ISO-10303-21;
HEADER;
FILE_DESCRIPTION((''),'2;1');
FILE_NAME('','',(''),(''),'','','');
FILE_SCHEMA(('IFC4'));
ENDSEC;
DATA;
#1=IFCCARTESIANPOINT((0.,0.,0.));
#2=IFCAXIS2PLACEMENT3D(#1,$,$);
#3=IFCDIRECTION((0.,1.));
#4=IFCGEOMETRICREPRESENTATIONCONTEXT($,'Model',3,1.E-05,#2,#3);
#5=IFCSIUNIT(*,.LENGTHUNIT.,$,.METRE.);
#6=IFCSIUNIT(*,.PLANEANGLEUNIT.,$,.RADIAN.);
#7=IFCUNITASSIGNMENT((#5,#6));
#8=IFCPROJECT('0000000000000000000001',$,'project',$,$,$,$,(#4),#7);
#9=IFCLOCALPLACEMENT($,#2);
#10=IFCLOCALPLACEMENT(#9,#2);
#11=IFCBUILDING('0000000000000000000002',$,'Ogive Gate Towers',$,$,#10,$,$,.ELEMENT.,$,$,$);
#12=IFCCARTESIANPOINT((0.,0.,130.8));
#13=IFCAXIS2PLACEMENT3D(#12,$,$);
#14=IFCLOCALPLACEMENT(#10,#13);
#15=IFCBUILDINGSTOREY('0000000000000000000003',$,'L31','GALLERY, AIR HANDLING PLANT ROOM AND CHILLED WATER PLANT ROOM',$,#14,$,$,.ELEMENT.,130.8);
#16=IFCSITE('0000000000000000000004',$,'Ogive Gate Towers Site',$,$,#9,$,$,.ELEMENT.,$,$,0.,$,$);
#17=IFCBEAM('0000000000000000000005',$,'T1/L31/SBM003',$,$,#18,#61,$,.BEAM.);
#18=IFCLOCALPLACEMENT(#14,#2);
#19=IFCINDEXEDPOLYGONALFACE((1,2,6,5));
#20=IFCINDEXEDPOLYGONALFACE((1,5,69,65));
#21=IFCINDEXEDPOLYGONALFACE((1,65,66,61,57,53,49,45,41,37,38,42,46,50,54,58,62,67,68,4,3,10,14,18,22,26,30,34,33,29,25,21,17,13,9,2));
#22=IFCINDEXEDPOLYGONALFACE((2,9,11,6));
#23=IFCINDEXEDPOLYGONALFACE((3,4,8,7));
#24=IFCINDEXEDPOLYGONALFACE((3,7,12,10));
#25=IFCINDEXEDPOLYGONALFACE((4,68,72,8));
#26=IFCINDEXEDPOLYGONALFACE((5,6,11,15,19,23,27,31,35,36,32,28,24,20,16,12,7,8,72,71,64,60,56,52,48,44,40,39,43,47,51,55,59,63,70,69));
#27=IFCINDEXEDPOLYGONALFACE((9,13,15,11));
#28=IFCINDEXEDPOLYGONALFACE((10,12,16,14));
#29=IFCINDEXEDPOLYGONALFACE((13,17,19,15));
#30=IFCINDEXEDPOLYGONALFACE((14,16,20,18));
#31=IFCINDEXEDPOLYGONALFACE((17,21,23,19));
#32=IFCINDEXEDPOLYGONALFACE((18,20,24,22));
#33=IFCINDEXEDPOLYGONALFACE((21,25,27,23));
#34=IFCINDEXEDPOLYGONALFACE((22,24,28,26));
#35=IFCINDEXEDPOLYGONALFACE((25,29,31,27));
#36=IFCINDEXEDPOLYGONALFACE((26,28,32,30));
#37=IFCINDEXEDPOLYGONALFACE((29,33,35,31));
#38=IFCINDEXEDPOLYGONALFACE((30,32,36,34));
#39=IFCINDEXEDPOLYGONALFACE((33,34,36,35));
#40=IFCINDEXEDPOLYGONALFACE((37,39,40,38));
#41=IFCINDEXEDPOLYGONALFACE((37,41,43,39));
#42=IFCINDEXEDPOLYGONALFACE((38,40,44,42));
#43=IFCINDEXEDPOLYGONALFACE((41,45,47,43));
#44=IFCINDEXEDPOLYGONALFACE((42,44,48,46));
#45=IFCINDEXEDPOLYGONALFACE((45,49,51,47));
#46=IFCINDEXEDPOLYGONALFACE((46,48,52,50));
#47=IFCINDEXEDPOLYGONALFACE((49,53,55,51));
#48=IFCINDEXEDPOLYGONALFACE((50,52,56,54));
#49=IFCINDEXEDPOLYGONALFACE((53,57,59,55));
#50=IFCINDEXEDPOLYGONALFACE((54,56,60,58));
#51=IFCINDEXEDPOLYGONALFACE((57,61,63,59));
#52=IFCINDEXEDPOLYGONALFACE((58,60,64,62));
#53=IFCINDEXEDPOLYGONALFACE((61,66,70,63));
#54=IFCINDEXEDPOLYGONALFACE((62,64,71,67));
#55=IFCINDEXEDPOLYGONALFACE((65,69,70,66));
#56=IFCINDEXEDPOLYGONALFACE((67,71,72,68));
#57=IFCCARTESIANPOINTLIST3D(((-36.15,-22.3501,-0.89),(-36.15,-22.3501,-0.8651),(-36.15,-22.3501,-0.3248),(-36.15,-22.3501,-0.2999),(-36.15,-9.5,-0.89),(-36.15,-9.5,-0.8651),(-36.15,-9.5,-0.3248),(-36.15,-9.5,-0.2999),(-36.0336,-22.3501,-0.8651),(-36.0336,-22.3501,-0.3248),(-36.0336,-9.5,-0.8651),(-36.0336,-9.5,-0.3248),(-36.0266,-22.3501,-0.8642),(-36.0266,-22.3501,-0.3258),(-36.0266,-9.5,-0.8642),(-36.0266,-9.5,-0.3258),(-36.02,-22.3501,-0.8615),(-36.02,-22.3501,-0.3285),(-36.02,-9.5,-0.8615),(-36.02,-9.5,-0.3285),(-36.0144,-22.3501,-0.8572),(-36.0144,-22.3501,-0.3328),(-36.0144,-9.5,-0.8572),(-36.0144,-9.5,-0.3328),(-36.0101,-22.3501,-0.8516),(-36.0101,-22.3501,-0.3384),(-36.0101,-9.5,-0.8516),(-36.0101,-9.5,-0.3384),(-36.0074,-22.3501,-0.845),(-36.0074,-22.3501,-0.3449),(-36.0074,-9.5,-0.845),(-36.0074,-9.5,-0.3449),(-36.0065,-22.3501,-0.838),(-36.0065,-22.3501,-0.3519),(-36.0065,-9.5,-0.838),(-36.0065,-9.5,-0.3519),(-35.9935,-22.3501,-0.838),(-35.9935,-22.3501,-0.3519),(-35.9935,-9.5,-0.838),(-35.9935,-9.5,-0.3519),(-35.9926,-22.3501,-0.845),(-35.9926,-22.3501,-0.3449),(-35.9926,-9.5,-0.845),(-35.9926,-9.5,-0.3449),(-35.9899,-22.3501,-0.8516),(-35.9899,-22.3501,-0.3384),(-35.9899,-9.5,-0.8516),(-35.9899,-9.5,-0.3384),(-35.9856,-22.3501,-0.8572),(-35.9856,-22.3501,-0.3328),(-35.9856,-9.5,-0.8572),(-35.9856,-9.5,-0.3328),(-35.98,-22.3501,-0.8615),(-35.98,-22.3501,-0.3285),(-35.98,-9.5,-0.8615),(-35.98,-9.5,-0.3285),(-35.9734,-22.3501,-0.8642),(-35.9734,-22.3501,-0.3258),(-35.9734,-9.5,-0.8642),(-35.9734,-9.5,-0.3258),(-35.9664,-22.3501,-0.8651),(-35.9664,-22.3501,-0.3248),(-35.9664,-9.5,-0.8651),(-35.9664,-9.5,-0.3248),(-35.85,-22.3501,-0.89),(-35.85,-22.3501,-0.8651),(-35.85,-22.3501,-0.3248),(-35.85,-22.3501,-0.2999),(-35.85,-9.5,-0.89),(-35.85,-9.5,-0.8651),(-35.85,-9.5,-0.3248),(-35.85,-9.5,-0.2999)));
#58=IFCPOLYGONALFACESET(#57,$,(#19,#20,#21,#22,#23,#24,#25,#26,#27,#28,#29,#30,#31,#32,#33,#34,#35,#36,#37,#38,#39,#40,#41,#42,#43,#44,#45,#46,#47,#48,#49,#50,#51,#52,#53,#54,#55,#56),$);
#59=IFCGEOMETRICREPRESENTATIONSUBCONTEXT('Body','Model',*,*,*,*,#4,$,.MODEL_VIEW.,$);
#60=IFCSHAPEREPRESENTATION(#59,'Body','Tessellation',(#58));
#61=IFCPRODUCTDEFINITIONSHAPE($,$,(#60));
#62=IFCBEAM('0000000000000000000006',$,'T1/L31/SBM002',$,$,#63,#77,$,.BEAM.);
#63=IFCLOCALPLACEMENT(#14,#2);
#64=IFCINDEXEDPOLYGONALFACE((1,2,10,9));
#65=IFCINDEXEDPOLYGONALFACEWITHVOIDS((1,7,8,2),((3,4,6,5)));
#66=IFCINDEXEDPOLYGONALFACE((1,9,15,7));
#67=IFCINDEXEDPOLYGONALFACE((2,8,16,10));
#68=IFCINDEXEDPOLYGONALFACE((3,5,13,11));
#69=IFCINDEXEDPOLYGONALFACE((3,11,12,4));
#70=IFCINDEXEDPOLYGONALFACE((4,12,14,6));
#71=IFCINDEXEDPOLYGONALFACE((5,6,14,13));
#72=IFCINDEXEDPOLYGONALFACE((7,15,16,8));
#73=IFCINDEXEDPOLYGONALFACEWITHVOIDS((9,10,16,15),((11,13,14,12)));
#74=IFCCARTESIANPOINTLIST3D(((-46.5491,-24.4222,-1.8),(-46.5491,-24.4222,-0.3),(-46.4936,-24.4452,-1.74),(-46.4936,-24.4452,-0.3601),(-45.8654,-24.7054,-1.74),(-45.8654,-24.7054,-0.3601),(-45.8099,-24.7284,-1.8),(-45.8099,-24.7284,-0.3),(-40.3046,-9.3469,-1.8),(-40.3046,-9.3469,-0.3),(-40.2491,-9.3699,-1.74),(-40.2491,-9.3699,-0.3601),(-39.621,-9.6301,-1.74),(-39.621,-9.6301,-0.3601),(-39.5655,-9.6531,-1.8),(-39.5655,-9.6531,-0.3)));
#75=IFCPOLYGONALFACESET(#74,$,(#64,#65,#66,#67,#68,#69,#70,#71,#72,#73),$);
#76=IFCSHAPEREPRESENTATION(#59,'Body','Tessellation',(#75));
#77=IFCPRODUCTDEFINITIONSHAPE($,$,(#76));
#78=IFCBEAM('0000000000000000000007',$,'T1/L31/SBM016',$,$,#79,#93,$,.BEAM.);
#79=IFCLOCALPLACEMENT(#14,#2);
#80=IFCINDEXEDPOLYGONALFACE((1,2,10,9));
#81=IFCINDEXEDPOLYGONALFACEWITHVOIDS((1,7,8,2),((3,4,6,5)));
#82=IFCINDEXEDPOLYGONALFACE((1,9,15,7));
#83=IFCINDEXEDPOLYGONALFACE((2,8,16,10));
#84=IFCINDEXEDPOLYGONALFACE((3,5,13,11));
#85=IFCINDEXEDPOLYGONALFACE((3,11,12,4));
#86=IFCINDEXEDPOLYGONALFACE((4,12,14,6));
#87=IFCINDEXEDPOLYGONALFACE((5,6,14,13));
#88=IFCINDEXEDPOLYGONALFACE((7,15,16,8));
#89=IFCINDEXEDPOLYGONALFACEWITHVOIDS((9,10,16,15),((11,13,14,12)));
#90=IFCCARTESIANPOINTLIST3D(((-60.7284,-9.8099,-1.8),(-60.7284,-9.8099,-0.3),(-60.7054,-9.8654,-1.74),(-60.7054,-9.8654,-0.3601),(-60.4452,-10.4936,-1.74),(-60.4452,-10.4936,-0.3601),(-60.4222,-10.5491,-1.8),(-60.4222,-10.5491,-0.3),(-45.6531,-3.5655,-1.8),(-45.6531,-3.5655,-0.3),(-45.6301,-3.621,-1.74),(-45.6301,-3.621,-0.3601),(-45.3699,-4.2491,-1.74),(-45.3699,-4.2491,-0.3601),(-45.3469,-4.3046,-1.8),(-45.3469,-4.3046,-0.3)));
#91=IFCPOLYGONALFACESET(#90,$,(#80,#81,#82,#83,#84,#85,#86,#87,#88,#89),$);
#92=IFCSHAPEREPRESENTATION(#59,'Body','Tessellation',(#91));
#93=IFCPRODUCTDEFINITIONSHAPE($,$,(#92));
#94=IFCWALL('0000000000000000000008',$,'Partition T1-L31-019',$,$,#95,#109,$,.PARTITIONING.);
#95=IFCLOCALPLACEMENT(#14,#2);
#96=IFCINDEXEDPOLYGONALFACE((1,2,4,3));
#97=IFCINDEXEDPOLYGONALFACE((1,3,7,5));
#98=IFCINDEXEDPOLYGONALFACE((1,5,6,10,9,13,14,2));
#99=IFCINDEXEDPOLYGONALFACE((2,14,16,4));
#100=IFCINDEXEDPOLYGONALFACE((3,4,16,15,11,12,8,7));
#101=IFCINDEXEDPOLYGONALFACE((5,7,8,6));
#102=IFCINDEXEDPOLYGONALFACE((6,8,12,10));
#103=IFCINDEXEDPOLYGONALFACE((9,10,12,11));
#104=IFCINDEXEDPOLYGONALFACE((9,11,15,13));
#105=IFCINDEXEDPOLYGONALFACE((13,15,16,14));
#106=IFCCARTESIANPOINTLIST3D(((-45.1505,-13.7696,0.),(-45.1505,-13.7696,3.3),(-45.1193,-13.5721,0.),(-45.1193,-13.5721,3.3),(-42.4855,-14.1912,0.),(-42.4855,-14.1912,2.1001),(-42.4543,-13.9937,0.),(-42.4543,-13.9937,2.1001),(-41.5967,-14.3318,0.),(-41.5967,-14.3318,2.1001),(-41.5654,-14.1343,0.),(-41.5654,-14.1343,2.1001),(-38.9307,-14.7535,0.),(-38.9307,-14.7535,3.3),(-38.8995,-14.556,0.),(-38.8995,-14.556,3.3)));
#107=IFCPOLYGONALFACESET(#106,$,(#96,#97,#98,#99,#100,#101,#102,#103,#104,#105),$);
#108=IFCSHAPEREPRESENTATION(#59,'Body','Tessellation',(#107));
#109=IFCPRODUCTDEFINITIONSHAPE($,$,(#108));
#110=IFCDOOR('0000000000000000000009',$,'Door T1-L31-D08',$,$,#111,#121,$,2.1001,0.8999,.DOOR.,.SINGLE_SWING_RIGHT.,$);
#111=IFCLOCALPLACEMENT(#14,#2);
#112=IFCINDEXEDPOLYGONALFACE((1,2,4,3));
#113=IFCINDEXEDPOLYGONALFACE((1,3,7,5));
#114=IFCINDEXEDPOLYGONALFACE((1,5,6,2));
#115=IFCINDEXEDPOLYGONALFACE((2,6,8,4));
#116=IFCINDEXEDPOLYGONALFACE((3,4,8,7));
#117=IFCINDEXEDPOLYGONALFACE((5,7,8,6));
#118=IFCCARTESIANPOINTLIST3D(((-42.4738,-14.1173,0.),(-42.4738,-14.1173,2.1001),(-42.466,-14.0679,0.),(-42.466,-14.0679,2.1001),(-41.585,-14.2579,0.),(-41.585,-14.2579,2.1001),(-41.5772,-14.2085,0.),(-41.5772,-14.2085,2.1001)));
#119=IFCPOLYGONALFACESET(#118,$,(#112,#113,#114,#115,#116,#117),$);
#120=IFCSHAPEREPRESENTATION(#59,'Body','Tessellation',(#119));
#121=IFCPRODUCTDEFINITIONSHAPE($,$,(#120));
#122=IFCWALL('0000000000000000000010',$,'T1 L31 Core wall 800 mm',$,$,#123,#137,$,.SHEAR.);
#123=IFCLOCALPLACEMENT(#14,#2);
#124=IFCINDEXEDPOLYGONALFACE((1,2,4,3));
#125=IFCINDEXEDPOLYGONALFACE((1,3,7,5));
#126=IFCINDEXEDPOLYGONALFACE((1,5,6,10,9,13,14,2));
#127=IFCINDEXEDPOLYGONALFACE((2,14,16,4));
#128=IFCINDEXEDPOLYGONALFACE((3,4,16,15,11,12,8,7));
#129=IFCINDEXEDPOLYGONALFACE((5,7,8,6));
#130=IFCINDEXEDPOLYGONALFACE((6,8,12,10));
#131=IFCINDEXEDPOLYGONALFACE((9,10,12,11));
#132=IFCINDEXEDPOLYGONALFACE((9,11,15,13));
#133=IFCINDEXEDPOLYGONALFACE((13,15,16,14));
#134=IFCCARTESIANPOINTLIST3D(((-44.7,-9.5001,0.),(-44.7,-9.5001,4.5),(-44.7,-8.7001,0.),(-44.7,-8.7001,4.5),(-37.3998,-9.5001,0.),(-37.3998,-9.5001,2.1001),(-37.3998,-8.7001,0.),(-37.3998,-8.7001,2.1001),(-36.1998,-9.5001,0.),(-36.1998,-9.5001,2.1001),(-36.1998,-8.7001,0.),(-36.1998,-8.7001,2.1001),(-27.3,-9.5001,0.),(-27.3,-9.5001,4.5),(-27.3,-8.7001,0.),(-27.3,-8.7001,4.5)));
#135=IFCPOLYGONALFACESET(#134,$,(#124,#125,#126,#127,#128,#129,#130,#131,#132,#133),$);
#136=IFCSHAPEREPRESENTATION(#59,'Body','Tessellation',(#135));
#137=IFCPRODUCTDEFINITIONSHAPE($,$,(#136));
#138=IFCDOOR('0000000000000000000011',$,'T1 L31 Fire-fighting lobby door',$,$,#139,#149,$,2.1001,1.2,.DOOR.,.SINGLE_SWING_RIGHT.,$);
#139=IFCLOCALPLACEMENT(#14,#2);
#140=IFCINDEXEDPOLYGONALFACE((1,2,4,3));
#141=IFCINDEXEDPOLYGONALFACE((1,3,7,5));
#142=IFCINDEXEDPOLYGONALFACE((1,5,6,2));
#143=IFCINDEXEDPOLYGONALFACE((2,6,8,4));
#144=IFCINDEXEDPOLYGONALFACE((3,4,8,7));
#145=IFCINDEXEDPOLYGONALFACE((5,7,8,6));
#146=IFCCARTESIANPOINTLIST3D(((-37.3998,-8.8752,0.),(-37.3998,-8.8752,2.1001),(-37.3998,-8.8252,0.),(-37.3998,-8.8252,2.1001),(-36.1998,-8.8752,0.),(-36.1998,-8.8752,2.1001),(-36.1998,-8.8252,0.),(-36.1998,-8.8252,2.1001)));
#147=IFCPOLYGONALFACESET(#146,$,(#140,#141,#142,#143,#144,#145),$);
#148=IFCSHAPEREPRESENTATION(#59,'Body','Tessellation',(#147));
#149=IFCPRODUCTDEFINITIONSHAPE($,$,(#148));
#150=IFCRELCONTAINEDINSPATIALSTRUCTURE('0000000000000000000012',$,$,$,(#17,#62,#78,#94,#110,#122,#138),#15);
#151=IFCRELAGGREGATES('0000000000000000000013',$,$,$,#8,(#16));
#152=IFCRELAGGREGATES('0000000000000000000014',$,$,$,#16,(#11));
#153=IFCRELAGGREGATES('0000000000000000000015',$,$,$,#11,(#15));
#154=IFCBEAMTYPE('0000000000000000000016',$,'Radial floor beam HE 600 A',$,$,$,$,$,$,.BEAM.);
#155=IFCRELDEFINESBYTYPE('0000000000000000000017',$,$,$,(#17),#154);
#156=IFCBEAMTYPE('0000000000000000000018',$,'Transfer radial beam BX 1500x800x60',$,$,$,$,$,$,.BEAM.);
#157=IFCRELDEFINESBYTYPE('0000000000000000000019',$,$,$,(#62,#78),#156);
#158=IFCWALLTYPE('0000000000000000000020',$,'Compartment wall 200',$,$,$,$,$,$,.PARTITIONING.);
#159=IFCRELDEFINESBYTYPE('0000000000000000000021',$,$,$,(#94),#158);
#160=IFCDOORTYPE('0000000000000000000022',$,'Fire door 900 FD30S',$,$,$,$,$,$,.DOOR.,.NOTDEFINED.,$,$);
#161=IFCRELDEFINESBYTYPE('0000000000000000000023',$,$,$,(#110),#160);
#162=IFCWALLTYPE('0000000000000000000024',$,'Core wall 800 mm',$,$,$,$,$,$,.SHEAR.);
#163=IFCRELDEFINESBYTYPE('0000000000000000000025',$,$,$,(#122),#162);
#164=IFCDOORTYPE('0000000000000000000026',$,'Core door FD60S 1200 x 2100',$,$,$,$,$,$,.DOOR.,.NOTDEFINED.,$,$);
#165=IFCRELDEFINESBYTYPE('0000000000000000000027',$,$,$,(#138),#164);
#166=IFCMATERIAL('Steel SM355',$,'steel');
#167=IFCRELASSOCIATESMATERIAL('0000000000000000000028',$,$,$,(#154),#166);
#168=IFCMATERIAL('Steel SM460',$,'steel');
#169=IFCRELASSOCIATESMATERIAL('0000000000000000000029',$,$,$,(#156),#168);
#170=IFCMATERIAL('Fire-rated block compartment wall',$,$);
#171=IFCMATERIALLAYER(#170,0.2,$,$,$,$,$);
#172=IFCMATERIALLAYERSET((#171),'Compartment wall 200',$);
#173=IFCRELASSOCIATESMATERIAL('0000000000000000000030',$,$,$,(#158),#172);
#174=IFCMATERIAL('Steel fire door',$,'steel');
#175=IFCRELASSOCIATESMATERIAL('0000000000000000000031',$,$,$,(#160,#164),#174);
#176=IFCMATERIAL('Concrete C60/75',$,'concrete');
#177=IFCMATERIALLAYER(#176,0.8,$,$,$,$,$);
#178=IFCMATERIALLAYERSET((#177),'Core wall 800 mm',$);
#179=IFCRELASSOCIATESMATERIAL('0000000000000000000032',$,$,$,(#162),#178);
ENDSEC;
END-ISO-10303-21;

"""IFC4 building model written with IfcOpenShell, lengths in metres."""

from ifc_helpers import new_model, si_unit, direction, frame, frame_2d, origin, origin_2d, place, context, subcontext, project, spatial, rectangle, hollow_rectangle, i_section, extrude, material, layer, layer_set, material_profile, profile_set, type_object, element, fill, save


model = new_model("IFC4")

# Units and contexts
model_context = context("Model", 3, precision=1e-05, world=origin(), true_north=direction((0.0, 1.0)))
body_context = subcontext(model_context, "Body", "Model", "MODEL_VIEW")
ifc_project = project(units=[si_unit("LENGTHUNIT", "METRE"), si_unit("PLANEANGLEUNIT", "RADIAN")], contexts=[model_context])

# Site, building, storey
site_placement = place(None, origin())
site = spatial("IfcSite", under=ifc_project, at=site_placement, Name="Ogive Gate Towers Site", CompositionType="ELEMENT", RefElevation=0.0)
building_placement = place(site_placement, origin())
building = spatial("IfcBuilding", under=site, at=building_placement, Name="Ogive Gate Towers", CompositionType="ELEMENT")
storey_placement = place(building_placement, frame((0.0, 0.0, 130.8)))
storey = spatial("IfcBuildingStorey", under=building, at=storey_placement, Name="L31", Description="GALLERY, AIR HANDLING PLANT ROOM AND CHILLED WATER PLANT ROOM", CompositionType="ELEMENT", Elevation=130.8)

# Beams
ifc_material_1 = material(Name="Steel SM355", Category="steel")
ifc_material_profile_1 = material_profile(ifc_material_1, i_section(OverallWidth=0.3, OverallDepth=0.5901, WebThickness=0.0129, FlangeThickness=0.0249, FilletRadius=0.0271, at=origin_2d()), Name="HE 600 A")
ifc_profile_set_1 = profile_set([ifc_material_profile_1], Name="Steel SM355")
beam_type_1 = type_object("IfcBeamType", Name="Radial floor beam HE 600 A", PredefinedType="BEAM", material=ifc_profile_set_1)
beam_placement = place(storey_placement, frame((-36.0, -9.5, -0.595), z_axis=(0.0, -1.0, 0.0), x_axis=(1.0, 0.0, 0.0)))
element("IfcBeam", 1, at=beam_placement, inside=storey, type_object=beam_type_1, Name="T1/L31/SBM003", PredefinedType="BEAM", context=body_context, shape_type="SweptSolid", body=[
    extrude(i_section(OverallWidth=0.3, OverallDepth=0.5901, WebThickness=0.0129, FlangeThickness=0.0249, FilletRadius=0.0271, at=origin_2d()), origin(), (0.0, 0.0, 1.0), 12.8501),
])
ifc_material_2 = material(Name="Steel SM460", Category="steel")
ifc_material_profile_2 = material_profile(ifc_material_2, hollow_rectangle(XDim=0.8, YDim=1.5, WallThickness=0.0601, at=origin_2d()), Name="BX 1500x800x60")
ifc_profile_set_2 = profile_set([ifc_material_profile_2], Name="Steel SM460")
beam_type_2 = type_object("IfcBeamType", Name="Transfer radial beam BX 1500x800x60", PredefinedType="BEAM", material=ifc_profile_set_2)
for number, where, z_axis, x_axis, name in (
    (2, (-39.9351, -9.5, -1.05), (-0.382685, -0.923879, 0.0), (0.923879, -0.382685, 0.0), "T1/L31/SBM002"),
    (3, (-45.5, -3.9351, -1.05), (-0.923879, -0.382685, 0.0), (0.382685, -0.923879, 0.0), "T1/L31/SBM016"),
):
    element("IfcBeam", number, at=place(storey_placement, frame(where, z_axis=z_axis, x_axis=x_axis)), inside=storey, type_object=beam_type_2, Name=name, PredefinedType="BEAM", context=body_context, shape_type="SweptSolid", body=[
        extrude(hollow_rectangle(XDim=0.8, YDim=1.5, WallThickness=0.0601, at=origin_2d()), origin(), (0.0, 0.0, 1.0), 16.3174),
    ])

# Walls, openings, doors
ifc_material_3 = material(Name="Fire-rated block compartment wall")
ifc_layer_1 = layer(ifc_material_3, 0.2)
ifc_layer_set_1 = layer_set([ifc_layer_1], Name="Compartment wall 200")
wall_type_1 = type_object("IfcWallType", Name="Compartment wall 200", PredefinedType="PARTITIONING", material=ifc_layer_set_1)
wall_1_placement = place(storey_placement, frame((-45.1348, -13.6709, 0.0), z_axis=(0.0, 0.0, 1.0), x_axis=(0.987718, -0.156245, 0.0)))
wall_1 = element("IfcWall", 4, at=wall_1_placement, inside=storey, type_object=wall_type_1, Name="Partition T1-L31-019", PredefinedType="PARTITIONING", context=body_context, shape_type="SweptSolid", body=[
    extrude(rectangle(XDim=6.2971, YDim=0.2, at=frame_2d((3.1484, 0.0))), origin(), (0.0, 0.0, 1.0), 3.3),
])
opening_1_placement = place(wall_1_placement, frame((2.698, 0.0, 0.0)))
opening_1 = element("IfcOpeningElement", 5, at=opening_1_placement, cuts=wall_1, PredefinedType="OPENING", context=body_context, shape_type="SweptSolid", body=[
    extrude(rectangle(XDim=0.8999, YDim=2.1001, at=frame_2d((0.45, 1.05))), frame((0.0, 0.1099, 0.0), z_axis=(0.0, -1.0, 0.0), x_axis=(1.0, 0.0, 0.0)), (0.0, 0.0, 1.0), 0.22),
])
ifc_material_4 = material(Name="Steel fire door", Category="steel")
door_type_1 = type_object("IfcDoorType", Name="Fire door 900 FD30S", OperationType="NOTDEFINED", PredefinedType="DOOR", material=ifc_material_4)
door_1_placement = place(opening_1_placement, origin())
door_1 = element("IfcDoor", 6, at=door_1_placement, inside=storey, type_object=door_type_1, Name="Door T1-L31-D08", OperationType="SINGLE_SWING_RIGHT", OverallHeight=2.1001, OverallWidth=0.8999, PredefinedType="DOOR", context=body_context, shape_type="SweptSolid", body=[
    extrude(rectangle(XDim=0.8999, YDim=2.1001, at=frame_2d((0.45, 1.05))), frame((0.0, 0.0249, 0.0), z_axis=(0.0, -1.0, 0.0), x_axis=(1.0, 0.0, 0.0)), (0.0, 0.0, 1.0), 0.05),
])
fill(opening_1, door_1)
ifc_material_5 = material(Name="Concrete C60/75", Category="concrete")
ifc_layer_2 = layer(ifc_material_5, 0.8)
ifc_layer_set_2 = layer_set([ifc_layer_2], Name="Core wall 800 mm")
wall_type_2 = type_object("IfcWallType", Name="Core wall 800 mm", PredefinedType="SHEAR", material=ifc_layer_set_2)
wall_2_placement = place(storey_placement, frame((-44.7, -9.1001, 0.0), z_axis=(0.0, 0.0, 1.0), x_axis=(1.0, 0.0, 0.0)))
wall_2 = element("IfcWall", 7, at=wall_2_placement, inside=storey, type_object=wall_type_2, Name="T1 L31 Core wall 800 mm", PredefinedType="SHEAR", context=body_context, shape_type="SweptSolid", body=[
    extrude(rectangle(XDim=17.3999, YDim=0.8, at=frame_2d((8.7, 0.0))), origin(), (0.0, 0.0, 1.0), 4.5),
])
opening_2_placement = place(wall_2_placement, frame((7.3, 0.0, 0.0)))
opening_2 = element("IfcOpeningElement", 8, at=opening_2_placement, cuts=wall_2, PredefinedType="OPENING", context=body_context, shape_type="SweptSolid", body=[
    extrude(rectangle(XDim=1.2, YDim=2.1001, at=frame_2d((0.6001, 1.05))), frame((0.0, 0.4102, 0.0), z_axis=(0.0, -1.0, 0.0), x_axis=(1.0, 0.0, 0.0)), (0.0, 0.0, 1.0), 0.8201),
])
door_type_2 = type_object("IfcDoorType", Name="Core door FD60S 1200 x 2100", OperationType="NOTDEFINED", PredefinedType="DOOR", material=ifc_material_4)
door_2_placement = place(opening_2_placement, origin())
door_2 = element("IfcDoor", 9, at=door_2_placement, inside=storey, type_object=door_type_2, Name="T1 L31 Fire-fighting lobby door", OperationType="SINGLE_SWING_RIGHT", OverallHeight=2.1001, OverallWidth=1.2, PredefinedType="DOOR", context=body_context, shape_type="SweptSolid", body=[
    extrude(rectangle(XDim=1.2, YDim=2.1001, at=frame_2d((0.6001, 1.05))), frame((0.0, 0.2749, 0.0), z_axis=(0.0, -1.0, 0.0), x_axis=(1.0, 0.0, 0.0)), (0.0, 0.0, 1.0), 0.05),
])
fill(opening_2, door_2)

save(model, "model.ifc")
